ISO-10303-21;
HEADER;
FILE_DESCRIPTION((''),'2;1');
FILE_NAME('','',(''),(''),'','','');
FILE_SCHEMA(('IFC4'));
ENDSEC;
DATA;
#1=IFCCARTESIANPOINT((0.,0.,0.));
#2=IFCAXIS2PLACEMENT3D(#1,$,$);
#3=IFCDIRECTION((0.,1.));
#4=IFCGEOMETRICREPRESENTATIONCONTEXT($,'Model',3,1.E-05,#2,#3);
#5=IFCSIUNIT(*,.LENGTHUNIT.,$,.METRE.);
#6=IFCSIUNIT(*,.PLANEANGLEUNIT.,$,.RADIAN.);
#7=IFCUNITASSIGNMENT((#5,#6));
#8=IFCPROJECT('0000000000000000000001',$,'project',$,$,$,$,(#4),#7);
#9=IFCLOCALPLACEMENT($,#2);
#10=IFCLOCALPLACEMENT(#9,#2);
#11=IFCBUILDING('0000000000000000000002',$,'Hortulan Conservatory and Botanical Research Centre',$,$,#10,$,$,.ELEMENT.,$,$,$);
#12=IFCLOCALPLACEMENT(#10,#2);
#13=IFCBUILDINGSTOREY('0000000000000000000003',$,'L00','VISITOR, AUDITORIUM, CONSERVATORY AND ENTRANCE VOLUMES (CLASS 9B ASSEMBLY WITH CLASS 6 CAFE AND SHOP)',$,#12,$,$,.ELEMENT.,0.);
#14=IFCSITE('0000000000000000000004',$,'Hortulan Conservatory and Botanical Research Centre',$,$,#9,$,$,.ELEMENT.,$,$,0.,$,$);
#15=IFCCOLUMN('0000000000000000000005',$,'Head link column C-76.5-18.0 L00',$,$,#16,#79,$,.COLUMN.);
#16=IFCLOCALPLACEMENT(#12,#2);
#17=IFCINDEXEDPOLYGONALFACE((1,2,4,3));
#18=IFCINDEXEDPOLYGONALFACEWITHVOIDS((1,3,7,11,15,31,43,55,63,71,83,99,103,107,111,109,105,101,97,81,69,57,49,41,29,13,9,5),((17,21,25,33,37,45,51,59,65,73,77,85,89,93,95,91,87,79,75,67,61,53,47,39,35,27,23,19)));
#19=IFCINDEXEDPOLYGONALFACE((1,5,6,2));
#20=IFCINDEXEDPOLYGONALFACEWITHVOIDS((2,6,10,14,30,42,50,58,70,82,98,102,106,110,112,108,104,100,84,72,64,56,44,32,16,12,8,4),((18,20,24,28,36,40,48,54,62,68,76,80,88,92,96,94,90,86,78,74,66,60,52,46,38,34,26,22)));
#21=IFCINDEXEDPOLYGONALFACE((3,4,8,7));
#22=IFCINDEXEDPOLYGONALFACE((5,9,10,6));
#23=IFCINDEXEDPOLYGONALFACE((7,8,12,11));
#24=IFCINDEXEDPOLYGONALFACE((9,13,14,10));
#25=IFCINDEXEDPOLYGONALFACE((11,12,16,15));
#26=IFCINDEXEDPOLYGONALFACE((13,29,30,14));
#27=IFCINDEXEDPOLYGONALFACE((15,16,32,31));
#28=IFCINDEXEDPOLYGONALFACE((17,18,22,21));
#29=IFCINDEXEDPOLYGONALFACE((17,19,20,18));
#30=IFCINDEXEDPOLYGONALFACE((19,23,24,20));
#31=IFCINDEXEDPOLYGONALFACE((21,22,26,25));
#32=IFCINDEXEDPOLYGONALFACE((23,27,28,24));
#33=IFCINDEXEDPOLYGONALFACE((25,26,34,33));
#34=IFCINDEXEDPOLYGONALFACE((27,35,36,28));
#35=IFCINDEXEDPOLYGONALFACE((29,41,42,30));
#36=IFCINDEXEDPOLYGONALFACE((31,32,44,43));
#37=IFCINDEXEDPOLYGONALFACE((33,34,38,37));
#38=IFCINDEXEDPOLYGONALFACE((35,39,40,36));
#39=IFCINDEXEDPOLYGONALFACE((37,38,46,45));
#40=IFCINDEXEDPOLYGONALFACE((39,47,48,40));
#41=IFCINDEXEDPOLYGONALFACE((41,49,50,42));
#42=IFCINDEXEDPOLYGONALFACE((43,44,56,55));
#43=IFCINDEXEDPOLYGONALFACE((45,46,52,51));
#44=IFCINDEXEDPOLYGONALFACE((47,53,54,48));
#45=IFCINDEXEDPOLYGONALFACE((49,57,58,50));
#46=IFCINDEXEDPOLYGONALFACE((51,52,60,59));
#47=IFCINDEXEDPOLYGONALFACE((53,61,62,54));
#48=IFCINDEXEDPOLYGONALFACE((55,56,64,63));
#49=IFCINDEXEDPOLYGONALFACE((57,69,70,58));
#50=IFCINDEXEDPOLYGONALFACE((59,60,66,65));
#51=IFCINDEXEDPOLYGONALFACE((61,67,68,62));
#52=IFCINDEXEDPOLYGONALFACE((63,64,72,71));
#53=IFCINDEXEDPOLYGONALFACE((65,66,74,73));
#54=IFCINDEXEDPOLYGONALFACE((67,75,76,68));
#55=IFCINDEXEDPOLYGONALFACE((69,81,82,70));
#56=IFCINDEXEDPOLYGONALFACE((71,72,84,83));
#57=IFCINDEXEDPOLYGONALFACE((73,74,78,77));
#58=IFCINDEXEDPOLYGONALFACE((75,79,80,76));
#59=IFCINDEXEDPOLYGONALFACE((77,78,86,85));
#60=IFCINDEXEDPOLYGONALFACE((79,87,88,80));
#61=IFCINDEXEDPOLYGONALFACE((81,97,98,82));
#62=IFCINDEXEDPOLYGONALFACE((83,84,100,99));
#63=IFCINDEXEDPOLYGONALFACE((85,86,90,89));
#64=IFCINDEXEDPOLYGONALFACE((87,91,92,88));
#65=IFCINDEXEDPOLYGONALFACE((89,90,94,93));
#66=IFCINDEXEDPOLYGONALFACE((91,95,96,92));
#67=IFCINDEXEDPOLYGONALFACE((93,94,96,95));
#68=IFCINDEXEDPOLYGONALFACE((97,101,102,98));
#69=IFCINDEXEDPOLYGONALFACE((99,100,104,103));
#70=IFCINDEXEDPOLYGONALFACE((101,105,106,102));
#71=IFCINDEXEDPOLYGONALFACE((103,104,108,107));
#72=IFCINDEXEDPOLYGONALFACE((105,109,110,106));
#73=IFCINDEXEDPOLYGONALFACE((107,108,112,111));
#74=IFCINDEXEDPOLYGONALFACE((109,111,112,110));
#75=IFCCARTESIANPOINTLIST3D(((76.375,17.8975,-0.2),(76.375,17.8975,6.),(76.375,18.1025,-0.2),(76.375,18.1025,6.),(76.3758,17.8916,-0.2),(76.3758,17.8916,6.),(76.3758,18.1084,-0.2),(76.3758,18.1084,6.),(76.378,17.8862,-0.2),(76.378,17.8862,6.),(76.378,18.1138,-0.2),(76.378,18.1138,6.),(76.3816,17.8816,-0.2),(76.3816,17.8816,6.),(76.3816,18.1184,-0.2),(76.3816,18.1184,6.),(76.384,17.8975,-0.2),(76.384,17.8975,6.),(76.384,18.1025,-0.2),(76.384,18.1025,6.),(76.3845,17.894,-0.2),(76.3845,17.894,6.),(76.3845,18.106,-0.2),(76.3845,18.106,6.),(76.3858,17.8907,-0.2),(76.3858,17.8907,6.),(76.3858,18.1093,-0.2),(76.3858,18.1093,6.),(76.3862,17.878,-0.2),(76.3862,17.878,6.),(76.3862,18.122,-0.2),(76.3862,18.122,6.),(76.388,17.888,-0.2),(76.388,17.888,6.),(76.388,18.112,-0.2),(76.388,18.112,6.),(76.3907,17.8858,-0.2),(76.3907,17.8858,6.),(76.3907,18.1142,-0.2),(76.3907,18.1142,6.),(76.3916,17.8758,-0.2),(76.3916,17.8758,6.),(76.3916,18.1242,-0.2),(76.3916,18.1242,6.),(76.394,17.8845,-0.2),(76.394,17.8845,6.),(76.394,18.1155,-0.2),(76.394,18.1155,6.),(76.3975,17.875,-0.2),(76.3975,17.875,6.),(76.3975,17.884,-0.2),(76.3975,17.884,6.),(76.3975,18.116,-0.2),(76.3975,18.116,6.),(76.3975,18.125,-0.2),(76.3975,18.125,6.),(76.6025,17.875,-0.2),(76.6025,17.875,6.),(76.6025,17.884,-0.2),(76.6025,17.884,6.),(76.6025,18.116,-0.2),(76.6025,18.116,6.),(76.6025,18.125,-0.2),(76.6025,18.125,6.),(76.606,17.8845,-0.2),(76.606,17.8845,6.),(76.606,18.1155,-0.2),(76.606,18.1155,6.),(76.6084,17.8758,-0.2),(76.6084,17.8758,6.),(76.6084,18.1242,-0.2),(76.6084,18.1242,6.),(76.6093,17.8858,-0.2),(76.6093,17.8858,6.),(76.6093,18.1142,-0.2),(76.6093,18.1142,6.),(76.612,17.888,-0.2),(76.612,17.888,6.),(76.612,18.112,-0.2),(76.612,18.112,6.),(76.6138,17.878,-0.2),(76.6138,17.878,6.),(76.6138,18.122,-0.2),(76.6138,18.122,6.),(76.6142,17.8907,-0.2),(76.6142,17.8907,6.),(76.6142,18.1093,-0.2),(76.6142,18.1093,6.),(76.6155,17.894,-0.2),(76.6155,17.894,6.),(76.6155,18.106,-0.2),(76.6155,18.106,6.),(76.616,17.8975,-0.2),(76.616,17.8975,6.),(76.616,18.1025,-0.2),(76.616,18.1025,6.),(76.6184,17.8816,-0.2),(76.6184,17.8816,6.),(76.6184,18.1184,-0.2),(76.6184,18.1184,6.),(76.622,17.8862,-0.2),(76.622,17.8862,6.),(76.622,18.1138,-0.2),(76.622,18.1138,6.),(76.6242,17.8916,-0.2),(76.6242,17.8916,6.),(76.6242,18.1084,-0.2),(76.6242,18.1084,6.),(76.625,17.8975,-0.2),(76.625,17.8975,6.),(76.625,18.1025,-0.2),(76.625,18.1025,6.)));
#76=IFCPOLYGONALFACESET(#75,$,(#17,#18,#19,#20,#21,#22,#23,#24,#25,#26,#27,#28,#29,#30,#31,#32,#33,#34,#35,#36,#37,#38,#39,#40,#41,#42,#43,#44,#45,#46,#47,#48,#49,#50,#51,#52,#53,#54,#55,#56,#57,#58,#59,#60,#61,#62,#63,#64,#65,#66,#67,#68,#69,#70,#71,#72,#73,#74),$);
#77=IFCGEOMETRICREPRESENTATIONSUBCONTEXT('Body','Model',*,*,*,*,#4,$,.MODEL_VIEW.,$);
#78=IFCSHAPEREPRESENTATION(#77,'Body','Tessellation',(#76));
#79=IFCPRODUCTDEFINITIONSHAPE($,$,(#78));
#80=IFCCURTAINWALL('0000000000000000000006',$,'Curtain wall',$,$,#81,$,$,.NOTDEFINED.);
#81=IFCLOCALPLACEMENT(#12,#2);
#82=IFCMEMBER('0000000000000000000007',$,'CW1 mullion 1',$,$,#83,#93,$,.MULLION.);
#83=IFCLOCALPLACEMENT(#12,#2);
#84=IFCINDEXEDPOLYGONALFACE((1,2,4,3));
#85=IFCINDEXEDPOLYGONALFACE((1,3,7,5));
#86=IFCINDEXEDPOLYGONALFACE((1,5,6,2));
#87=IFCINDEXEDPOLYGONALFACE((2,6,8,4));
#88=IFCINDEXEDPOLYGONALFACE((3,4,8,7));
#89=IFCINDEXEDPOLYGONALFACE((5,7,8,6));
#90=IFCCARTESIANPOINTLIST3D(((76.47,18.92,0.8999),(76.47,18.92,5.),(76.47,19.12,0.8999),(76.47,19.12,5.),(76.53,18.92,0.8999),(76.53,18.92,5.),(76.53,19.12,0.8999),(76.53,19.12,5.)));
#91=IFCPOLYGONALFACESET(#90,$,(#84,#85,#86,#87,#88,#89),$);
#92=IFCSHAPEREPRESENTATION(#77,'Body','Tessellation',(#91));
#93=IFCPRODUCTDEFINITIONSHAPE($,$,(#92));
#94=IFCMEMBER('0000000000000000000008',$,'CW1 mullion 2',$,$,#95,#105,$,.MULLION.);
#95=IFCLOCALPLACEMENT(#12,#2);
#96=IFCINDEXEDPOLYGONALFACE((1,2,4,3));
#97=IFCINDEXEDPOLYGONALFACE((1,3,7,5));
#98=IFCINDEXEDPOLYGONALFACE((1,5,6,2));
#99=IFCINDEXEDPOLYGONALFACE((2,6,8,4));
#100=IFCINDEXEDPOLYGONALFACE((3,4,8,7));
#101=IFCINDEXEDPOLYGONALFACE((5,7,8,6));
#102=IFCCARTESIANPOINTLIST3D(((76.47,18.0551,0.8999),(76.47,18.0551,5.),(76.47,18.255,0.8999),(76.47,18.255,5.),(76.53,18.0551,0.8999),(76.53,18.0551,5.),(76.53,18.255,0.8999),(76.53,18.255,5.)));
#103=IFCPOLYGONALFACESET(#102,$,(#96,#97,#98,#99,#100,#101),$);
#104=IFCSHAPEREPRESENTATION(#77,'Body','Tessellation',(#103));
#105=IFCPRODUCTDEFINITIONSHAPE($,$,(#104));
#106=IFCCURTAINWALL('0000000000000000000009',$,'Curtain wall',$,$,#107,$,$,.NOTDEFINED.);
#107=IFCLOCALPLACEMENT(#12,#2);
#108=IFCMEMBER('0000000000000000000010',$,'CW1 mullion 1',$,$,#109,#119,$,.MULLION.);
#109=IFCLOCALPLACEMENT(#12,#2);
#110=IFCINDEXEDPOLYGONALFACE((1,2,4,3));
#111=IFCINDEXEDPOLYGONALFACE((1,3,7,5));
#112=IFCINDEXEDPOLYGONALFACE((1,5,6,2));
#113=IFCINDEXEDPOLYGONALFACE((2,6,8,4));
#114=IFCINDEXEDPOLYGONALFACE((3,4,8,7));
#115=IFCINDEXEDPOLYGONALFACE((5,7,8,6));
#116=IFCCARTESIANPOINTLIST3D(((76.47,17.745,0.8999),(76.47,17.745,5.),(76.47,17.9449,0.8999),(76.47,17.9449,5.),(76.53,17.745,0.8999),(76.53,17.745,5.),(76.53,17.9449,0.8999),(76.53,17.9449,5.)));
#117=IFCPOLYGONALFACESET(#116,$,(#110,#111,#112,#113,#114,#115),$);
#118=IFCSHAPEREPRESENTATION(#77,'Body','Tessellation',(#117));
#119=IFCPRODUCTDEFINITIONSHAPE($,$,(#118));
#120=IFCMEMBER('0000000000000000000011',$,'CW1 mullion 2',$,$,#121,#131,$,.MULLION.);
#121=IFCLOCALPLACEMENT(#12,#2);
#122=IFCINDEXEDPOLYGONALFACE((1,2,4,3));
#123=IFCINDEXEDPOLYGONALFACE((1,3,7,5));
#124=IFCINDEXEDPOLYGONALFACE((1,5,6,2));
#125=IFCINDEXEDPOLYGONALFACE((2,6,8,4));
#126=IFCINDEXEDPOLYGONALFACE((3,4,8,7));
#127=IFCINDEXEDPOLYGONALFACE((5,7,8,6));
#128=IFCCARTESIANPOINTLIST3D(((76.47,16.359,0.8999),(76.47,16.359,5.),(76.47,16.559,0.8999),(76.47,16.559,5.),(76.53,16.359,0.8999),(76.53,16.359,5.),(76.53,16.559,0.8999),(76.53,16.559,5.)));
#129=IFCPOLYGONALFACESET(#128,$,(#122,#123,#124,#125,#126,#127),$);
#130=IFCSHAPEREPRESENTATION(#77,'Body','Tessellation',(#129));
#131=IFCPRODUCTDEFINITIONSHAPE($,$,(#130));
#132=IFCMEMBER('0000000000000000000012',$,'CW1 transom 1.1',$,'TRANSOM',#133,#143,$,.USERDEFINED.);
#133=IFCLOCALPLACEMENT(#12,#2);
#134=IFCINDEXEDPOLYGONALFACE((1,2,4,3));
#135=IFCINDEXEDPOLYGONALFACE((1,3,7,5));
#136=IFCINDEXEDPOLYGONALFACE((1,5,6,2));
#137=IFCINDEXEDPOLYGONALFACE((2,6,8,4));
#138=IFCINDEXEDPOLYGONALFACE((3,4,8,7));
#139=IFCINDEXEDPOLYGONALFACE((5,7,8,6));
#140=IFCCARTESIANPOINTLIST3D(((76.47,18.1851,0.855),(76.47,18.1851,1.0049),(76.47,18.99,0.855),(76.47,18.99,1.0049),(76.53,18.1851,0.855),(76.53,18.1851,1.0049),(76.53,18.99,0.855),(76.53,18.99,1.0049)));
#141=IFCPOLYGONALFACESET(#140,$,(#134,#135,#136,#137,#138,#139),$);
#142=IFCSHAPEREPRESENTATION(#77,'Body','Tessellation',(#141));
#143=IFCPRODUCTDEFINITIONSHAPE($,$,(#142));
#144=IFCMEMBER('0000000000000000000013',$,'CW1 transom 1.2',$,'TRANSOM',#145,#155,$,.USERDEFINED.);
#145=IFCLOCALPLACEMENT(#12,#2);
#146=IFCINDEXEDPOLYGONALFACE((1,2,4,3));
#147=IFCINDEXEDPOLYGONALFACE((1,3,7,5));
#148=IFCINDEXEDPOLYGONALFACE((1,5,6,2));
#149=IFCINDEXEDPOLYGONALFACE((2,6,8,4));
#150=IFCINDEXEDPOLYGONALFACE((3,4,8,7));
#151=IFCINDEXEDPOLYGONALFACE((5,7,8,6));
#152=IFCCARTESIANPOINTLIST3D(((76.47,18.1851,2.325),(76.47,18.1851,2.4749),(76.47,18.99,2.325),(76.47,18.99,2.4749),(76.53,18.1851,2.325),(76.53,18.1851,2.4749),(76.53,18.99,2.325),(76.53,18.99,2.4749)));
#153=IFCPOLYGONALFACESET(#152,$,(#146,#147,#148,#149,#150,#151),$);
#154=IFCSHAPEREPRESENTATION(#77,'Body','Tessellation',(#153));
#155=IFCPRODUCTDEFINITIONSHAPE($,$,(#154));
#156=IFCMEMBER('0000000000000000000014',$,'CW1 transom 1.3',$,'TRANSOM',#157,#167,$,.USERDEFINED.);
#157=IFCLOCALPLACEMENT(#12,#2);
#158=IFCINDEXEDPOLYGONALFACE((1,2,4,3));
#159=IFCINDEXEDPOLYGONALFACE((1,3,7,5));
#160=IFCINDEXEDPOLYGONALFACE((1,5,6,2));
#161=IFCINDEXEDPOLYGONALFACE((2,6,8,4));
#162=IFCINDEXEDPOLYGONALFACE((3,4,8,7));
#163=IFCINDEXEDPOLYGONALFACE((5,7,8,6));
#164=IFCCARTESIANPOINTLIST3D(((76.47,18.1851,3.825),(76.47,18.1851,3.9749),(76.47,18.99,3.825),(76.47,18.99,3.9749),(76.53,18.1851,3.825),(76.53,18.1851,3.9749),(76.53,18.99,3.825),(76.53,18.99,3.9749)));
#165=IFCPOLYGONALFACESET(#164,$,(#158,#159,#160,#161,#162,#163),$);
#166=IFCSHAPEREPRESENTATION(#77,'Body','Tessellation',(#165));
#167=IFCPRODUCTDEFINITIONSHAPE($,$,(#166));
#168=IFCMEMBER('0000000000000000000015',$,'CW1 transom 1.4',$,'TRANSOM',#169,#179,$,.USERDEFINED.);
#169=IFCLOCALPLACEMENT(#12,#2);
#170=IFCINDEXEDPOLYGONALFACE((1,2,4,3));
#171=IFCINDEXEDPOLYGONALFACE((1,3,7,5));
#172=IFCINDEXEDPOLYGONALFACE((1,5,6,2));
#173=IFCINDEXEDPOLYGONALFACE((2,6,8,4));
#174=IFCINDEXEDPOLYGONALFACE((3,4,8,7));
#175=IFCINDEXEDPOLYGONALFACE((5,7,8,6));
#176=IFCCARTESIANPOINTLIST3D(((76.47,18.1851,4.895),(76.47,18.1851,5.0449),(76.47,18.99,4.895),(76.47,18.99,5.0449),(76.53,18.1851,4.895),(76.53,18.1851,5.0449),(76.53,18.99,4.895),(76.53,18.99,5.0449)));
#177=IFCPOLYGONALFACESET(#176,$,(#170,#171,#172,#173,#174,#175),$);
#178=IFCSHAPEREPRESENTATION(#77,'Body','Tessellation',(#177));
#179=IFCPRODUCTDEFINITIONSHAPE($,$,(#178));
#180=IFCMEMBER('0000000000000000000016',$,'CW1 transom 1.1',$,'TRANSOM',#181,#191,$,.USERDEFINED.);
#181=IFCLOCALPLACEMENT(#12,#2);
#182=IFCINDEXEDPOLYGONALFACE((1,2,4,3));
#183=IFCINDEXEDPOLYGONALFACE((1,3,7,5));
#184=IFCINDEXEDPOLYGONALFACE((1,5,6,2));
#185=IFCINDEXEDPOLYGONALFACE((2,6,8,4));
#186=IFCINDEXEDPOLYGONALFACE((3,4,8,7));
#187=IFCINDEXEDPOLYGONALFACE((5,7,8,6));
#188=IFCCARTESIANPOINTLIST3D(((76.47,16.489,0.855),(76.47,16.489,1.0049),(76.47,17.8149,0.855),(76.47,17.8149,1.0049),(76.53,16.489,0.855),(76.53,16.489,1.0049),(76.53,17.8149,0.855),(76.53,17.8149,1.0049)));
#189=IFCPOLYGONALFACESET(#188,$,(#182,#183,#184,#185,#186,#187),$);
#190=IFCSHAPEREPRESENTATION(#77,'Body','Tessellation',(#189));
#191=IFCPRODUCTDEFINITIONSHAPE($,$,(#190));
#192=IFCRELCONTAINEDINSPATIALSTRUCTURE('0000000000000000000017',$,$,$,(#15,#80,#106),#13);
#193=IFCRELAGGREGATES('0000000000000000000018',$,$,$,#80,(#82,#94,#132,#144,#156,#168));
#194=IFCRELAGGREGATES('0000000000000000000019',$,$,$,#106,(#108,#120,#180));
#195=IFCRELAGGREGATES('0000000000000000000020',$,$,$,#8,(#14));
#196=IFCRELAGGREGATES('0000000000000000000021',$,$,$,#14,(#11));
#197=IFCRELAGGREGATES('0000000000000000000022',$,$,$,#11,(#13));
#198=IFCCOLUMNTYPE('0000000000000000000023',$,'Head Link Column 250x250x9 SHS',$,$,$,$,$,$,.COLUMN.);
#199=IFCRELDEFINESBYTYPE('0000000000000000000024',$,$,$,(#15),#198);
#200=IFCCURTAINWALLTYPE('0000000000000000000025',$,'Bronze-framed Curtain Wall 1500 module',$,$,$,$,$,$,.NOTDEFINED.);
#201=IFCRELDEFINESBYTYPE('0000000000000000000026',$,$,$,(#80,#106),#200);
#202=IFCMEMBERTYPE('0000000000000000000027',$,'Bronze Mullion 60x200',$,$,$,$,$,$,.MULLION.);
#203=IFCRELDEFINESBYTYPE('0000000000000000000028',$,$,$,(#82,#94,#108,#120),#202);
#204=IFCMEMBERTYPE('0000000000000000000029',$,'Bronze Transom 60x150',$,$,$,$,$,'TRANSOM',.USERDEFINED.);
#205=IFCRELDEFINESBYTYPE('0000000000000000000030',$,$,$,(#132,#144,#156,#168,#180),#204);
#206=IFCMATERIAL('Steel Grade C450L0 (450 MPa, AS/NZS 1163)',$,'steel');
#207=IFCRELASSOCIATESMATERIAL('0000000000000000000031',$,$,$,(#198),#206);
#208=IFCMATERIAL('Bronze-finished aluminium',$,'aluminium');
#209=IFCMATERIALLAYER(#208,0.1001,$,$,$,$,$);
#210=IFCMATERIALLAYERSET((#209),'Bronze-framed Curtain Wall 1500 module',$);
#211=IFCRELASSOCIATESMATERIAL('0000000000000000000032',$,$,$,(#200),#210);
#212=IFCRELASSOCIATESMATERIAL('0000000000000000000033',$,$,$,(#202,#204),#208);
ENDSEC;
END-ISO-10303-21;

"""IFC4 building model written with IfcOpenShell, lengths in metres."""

from ifc_helpers import new_model, si_unit, direction, frame, origin, origin_2d, place, context, subcontext, project, spatial, rectangle, hollow_rectangle, extrude, material, layer, layer_set, material_profile, profile_set, type_object, element, aggregate, save


model = new_model("IFC4")

# Units and contexts
model_context = context("Model", 3, precision=1e-05, world=origin(), true_north=direction((0.0, 1.0)))
body_context = subcontext(model_context, "Body", "Model", "MODEL_VIEW")
ifc_project = project(units=[si_unit("LENGTHUNIT", "METRE"), si_unit("PLANEANGLEUNIT", "RADIAN")], contexts=[model_context])

# Site, building, storey
site_placement = place(None, origin())
site = spatial("IfcSite", under=ifc_project, at=site_placement, Name="Hortulan Conservatory and Botanical Research Centre", CompositionType="ELEMENT", RefElevation=0.0)
building_placement = place(site_placement, origin())
building = spatial("IfcBuilding", under=site, at=building_placement, Name="Hortulan Conservatory and Botanical Research Centre", CompositionType="ELEMENT")
storey_placement = place(building_placement, origin())
storey = spatial("IfcBuildingStorey", under=building, at=storey_placement, Name="L00", Description="VISITOR, AUDITORIUM, CONSERVATORY AND ENTRANCE VOLUMES (CLASS 9B ASSEMBLY WITH CLASS 6 CAFE AND SHOP)", CompositionType="ELEMENT", Elevation=0.0)

# Column
ifc_material_1 = material(Name="Steel Grade C450L0 (450 MPa, AS/NZS 1163)", Category="steel")
ifc_material_profile_1 = material_profile(ifc_material_1, hollow_rectangle(XDim=0.25, YDim=0.25, WallThickness=0.009, InnerFilletRadius=0.0134, OuterFilletRadius=0.0225, at=origin_2d()), Name="250x250x9SHS")
ifc_profile_set_1 = profile_set([ifc_material_profile_1], Name="Steel Grade C450L0 (450 MPa, AS/NZS 1163)")
column_type = type_object("IfcColumnType", Name="Head Link Column 250x250x9 SHS", PredefinedType="COLUMN", material=ifc_profile_set_1)
column_placement = place(storey_placement, frame((76.5, 18.0, -0.2), z_axis=(0.0, 0.0, 1.0), x_axis=(1.0, 0.0, 0.0)))
element("IfcColumn", 1, at=column_placement, inside=storey, type_object=column_type, Name="Head link column C-76.5-18.0 L00", PredefinedType="COLUMN", context=body_context, shape_type="SweptSolid", body=[
    extrude(hollow_rectangle(XDim=0.25, YDim=0.25, WallThickness=0.009, InnerFilletRadius=0.0134, OuterFilletRadius=0.0225, at=origin_2d()), origin(), (0.0, 0.0, 1.0), 6.2),
])

# Curtain walls, members
ifc_material_2 = material(Name="Bronze-finished aluminium", Category="aluminium")
ifc_layer_1 = layer(ifc_material_2, 0.1001)
ifc_layer_set_1 = layer_set([ifc_layer_1], Name="Bronze-framed Curtain Wall 1500 module")
curtain_wall_type = type_object("IfcCurtainWallType", Name="Bronze-framed Curtain Wall 1500 module", PredefinedType="NOTDEFINED", material=ifc_layer_set_1)
curtain_wall_1_placement = place(storey_placement, origin())
curtain_wall_1 = element("IfcCurtainWall", 2, at=curtain_wall_1_placement, inside=storey, type_object=curtain_wall_type, Name="Curtain wall", PredefinedType="NOTDEFINED")
ifc_material_profile_2 = material_profile(ifc_material_2, rectangle(XDim=0.0601, YDim=0.2, at=origin_2d()), Name="Bronze Mullion 60x200")
ifc_profile_set_2 = profile_set([ifc_material_profile_2], Name="Bronze-finished aluminium")
member_type_1 = type_object("IfcMemberType", Name="Bronze Mullion 60x200", PredefinedType="MULLION", material=ifc_profile_set_2)
member_1_placement = place(storey_placement, frame((76.5, 19.02, 0.8999), z_axis=(0.0, 0.0, 1.0), x_axis=(1.0, 0.0, 0.0)))
member_1 = element("IfcMember", 3, at=member_1_placement, type_object=member_type_1, Name="CW1 mullion 1", PredefinedType="MULLION", context=body_context, shape_type="SweptSolid", body=[
    extrude(rectangle(XDim=0.0601, YDim=0.2, at=origin_2d()), origin(), (0.0, 0.0, 1.0), 4.1001),
])
member_2_placement = place(storey_placement, frame((76.5, 18.155, 0.8999), z_axis=(0.0, 0.0, 1.0), x_axis=(1.0, 0.0, 0.0)))
member_2 = element("IfcMember", 4, at=member_2_placement, type_object=member_type_1, Name="CW1 mullion 2", PredefinedType="MULLION", context=body_context, shape_type="SweptSolid", body=[
    extrude(rectangle(XDim=0.0601, YDim=0.2, at=origin_2d()), origin(), (0.0, 0.0, 1.0), 4.1001),
])
curtain_wall_2_placement = place(storey_placement, origin())
curtain_wall_2 = element("IfcCurtainWall", 5, at=curtain_wall_2_placement, inside=storey, type_object=curtain_wall_type, Name="Curtain wall", PredefinedType="NOTDEFINED")
member_3_placement = place(storey_placement, frame((76.5, 17.845, 0.8999), z_axis=(0.0, 0.0, 1.0), x_axis=(1.0, 0.0, 0.0)))
member_3 = element("IfcMember", 6, at=member_3_placement, type_object=member_type_1, Name="CW1 mullion 1", PredefinedType="MULLION", context=body_context, shape_type="SweptSolid", body=[
    extrude(rectangle(XDim=0.0601, YDim=0.2, at=origin_2d()), origin(), (0.0, 0.0, 1.0), 4.1001),
])
member_4_placement = place(storey_placement, frame((76.5, 16.459, 0.8999), z_axis=(0.0, 0.0, 1.0), x_axis=(1.0, 0.0, 0.0)))
member_4 = element("IfcMember", 7, at=member_4_placement, type_object=member_type_1, Name="CW1 mullion 2", PredefinedType="MULLION", context=body_context, shape_type="SweptSolid", body=[
    extrude(rectangle(XDim=0.0601, YDim=0.2, at=origin_2d()), origin(), (0.0, 0.0, 1.0), 4.1001),
])

# Members
ifc_material_profile_3 = material_profile(ifc_material_2, rectangle(XDim=0.0601, YDim=0.1499, at=origin_2d()), Name="Bronze Transom 60x150")
ifc_profile_set_3 = profile_set([ifc_material_profile_3], Name="Bronze-finished aluminium")
member_type_2 = type_object("IfcMemberType", Name="Bronze Transom 60x150", ElementType="TRANSOM", PredefinedType="USERDEFINED", material=ifc_profile_set_3)
member_5_placement = place(storey_placement, frame((76.5, 18.99, 0.9299), z_axis=(0.0, -1.0, 0.0), x_axis=(1.0, 0.0, 0.0)))
member_5 = element("IfcMember", 8, at=member_5_placement, type_object=member_type_2, Name="CW1 transom 1.1", ObjectType="TRANSOM", PredefinedType="USERDEFINED", context=body_context, shape_type="SweptSolid", body=[
    extrude(rectangle(XDim=0.0601, YDim=0.1499, at=origin_2d()), origin(), (0.0, 0.0, 1.0), 0.8049),
])
member_6_placement = place(storey_placement, frame((76.5, 18.99, 2.3999), z_axis=(0.0, -1.0, 0.0), x_axis=(1.0, 0.0, 0.0)))
member_6 = element("IfcMember", 9, at=member_6_placement, type_object=member_type_2, Name="CW1 transom 1.2", ObjectType="TRANSOM", PredefinedType="USERDEFINED", context=body_context, shape_type="SweptSolid", body=[
    extrude(rectangle(XDim=0.0601, YDim=0.1499, at=origin_2d()), origin(), (0.0, 0.0, 1.0), 0.8049),
])
member_7_placement = place(storey_placement, frame((76.5, 18.99, 3.8999), z_axis=(0.0, -1.0, 0.0), x_axis=(1.0, 0.0, 0.0)))
member_7 = element("IfcMember", 10, at=member_7_placement, type_object=member_type_2, Name="CW1 transom 1.3", ObjectType="TRANSOM", PredefinedType="USERDEFINED", context=body_context, shape_type="SweptSolid", body=[
    extrude(rectangle(XDim=0.0601, YDim=0.1499, at=origin_2d()), origin(), (0.0, 0.0, 1.0), 0.8049),
])
member_8_placement = place(storey_placement, frame((76.5, 18.99, 4.97), z_axis=(0.0, -1.0, 0.0), x_axis=(1.0, 0.0, 0.0)))
member_8 = element("IfcMember", 11, at=member_8_placement, type_object=member_type_2, Name="CW1 transom 1.4", ObjectType="TRANSOM", PredefinedType="USERDEFINED", context=body_context, shape_type="SweptSolid", body=[
    extrude(rectangle(XDim=0.0601, YDim=0.1499, at=origin_2d()), origin(), (0.0, 0.0, 1.0), 0.8049),
])
member_9_placement = place(storey_placement, frame((76.5, 17.8149, 0.9299), z_axis=(0.0, -1.0, 0.0), x_axis=(1.0, 0.0, 0.0)))
member_9 = element("IfcMember", 12, at=member_9_placement, type_object=member_type_2, Name="CW1 transom 1.1", ObjectType="TRANSOM", PredefinedType="USERDEFINED", context=body_context, shape_type="SweptSolid", body=[
    extrude(rectangle(XDim=0.0601, YDim=0.1499, at=origin_2d()), origin(), (0.0, 0.0, 1.0), 1.3259),
])

aggregate(curtain_wall_1, [member_1, member_2, member_5, member_6, member_7, member_8])
aggregate(curtain_wall_2, [member_3, member_4, member_9])

save(model, "model.ifc")
